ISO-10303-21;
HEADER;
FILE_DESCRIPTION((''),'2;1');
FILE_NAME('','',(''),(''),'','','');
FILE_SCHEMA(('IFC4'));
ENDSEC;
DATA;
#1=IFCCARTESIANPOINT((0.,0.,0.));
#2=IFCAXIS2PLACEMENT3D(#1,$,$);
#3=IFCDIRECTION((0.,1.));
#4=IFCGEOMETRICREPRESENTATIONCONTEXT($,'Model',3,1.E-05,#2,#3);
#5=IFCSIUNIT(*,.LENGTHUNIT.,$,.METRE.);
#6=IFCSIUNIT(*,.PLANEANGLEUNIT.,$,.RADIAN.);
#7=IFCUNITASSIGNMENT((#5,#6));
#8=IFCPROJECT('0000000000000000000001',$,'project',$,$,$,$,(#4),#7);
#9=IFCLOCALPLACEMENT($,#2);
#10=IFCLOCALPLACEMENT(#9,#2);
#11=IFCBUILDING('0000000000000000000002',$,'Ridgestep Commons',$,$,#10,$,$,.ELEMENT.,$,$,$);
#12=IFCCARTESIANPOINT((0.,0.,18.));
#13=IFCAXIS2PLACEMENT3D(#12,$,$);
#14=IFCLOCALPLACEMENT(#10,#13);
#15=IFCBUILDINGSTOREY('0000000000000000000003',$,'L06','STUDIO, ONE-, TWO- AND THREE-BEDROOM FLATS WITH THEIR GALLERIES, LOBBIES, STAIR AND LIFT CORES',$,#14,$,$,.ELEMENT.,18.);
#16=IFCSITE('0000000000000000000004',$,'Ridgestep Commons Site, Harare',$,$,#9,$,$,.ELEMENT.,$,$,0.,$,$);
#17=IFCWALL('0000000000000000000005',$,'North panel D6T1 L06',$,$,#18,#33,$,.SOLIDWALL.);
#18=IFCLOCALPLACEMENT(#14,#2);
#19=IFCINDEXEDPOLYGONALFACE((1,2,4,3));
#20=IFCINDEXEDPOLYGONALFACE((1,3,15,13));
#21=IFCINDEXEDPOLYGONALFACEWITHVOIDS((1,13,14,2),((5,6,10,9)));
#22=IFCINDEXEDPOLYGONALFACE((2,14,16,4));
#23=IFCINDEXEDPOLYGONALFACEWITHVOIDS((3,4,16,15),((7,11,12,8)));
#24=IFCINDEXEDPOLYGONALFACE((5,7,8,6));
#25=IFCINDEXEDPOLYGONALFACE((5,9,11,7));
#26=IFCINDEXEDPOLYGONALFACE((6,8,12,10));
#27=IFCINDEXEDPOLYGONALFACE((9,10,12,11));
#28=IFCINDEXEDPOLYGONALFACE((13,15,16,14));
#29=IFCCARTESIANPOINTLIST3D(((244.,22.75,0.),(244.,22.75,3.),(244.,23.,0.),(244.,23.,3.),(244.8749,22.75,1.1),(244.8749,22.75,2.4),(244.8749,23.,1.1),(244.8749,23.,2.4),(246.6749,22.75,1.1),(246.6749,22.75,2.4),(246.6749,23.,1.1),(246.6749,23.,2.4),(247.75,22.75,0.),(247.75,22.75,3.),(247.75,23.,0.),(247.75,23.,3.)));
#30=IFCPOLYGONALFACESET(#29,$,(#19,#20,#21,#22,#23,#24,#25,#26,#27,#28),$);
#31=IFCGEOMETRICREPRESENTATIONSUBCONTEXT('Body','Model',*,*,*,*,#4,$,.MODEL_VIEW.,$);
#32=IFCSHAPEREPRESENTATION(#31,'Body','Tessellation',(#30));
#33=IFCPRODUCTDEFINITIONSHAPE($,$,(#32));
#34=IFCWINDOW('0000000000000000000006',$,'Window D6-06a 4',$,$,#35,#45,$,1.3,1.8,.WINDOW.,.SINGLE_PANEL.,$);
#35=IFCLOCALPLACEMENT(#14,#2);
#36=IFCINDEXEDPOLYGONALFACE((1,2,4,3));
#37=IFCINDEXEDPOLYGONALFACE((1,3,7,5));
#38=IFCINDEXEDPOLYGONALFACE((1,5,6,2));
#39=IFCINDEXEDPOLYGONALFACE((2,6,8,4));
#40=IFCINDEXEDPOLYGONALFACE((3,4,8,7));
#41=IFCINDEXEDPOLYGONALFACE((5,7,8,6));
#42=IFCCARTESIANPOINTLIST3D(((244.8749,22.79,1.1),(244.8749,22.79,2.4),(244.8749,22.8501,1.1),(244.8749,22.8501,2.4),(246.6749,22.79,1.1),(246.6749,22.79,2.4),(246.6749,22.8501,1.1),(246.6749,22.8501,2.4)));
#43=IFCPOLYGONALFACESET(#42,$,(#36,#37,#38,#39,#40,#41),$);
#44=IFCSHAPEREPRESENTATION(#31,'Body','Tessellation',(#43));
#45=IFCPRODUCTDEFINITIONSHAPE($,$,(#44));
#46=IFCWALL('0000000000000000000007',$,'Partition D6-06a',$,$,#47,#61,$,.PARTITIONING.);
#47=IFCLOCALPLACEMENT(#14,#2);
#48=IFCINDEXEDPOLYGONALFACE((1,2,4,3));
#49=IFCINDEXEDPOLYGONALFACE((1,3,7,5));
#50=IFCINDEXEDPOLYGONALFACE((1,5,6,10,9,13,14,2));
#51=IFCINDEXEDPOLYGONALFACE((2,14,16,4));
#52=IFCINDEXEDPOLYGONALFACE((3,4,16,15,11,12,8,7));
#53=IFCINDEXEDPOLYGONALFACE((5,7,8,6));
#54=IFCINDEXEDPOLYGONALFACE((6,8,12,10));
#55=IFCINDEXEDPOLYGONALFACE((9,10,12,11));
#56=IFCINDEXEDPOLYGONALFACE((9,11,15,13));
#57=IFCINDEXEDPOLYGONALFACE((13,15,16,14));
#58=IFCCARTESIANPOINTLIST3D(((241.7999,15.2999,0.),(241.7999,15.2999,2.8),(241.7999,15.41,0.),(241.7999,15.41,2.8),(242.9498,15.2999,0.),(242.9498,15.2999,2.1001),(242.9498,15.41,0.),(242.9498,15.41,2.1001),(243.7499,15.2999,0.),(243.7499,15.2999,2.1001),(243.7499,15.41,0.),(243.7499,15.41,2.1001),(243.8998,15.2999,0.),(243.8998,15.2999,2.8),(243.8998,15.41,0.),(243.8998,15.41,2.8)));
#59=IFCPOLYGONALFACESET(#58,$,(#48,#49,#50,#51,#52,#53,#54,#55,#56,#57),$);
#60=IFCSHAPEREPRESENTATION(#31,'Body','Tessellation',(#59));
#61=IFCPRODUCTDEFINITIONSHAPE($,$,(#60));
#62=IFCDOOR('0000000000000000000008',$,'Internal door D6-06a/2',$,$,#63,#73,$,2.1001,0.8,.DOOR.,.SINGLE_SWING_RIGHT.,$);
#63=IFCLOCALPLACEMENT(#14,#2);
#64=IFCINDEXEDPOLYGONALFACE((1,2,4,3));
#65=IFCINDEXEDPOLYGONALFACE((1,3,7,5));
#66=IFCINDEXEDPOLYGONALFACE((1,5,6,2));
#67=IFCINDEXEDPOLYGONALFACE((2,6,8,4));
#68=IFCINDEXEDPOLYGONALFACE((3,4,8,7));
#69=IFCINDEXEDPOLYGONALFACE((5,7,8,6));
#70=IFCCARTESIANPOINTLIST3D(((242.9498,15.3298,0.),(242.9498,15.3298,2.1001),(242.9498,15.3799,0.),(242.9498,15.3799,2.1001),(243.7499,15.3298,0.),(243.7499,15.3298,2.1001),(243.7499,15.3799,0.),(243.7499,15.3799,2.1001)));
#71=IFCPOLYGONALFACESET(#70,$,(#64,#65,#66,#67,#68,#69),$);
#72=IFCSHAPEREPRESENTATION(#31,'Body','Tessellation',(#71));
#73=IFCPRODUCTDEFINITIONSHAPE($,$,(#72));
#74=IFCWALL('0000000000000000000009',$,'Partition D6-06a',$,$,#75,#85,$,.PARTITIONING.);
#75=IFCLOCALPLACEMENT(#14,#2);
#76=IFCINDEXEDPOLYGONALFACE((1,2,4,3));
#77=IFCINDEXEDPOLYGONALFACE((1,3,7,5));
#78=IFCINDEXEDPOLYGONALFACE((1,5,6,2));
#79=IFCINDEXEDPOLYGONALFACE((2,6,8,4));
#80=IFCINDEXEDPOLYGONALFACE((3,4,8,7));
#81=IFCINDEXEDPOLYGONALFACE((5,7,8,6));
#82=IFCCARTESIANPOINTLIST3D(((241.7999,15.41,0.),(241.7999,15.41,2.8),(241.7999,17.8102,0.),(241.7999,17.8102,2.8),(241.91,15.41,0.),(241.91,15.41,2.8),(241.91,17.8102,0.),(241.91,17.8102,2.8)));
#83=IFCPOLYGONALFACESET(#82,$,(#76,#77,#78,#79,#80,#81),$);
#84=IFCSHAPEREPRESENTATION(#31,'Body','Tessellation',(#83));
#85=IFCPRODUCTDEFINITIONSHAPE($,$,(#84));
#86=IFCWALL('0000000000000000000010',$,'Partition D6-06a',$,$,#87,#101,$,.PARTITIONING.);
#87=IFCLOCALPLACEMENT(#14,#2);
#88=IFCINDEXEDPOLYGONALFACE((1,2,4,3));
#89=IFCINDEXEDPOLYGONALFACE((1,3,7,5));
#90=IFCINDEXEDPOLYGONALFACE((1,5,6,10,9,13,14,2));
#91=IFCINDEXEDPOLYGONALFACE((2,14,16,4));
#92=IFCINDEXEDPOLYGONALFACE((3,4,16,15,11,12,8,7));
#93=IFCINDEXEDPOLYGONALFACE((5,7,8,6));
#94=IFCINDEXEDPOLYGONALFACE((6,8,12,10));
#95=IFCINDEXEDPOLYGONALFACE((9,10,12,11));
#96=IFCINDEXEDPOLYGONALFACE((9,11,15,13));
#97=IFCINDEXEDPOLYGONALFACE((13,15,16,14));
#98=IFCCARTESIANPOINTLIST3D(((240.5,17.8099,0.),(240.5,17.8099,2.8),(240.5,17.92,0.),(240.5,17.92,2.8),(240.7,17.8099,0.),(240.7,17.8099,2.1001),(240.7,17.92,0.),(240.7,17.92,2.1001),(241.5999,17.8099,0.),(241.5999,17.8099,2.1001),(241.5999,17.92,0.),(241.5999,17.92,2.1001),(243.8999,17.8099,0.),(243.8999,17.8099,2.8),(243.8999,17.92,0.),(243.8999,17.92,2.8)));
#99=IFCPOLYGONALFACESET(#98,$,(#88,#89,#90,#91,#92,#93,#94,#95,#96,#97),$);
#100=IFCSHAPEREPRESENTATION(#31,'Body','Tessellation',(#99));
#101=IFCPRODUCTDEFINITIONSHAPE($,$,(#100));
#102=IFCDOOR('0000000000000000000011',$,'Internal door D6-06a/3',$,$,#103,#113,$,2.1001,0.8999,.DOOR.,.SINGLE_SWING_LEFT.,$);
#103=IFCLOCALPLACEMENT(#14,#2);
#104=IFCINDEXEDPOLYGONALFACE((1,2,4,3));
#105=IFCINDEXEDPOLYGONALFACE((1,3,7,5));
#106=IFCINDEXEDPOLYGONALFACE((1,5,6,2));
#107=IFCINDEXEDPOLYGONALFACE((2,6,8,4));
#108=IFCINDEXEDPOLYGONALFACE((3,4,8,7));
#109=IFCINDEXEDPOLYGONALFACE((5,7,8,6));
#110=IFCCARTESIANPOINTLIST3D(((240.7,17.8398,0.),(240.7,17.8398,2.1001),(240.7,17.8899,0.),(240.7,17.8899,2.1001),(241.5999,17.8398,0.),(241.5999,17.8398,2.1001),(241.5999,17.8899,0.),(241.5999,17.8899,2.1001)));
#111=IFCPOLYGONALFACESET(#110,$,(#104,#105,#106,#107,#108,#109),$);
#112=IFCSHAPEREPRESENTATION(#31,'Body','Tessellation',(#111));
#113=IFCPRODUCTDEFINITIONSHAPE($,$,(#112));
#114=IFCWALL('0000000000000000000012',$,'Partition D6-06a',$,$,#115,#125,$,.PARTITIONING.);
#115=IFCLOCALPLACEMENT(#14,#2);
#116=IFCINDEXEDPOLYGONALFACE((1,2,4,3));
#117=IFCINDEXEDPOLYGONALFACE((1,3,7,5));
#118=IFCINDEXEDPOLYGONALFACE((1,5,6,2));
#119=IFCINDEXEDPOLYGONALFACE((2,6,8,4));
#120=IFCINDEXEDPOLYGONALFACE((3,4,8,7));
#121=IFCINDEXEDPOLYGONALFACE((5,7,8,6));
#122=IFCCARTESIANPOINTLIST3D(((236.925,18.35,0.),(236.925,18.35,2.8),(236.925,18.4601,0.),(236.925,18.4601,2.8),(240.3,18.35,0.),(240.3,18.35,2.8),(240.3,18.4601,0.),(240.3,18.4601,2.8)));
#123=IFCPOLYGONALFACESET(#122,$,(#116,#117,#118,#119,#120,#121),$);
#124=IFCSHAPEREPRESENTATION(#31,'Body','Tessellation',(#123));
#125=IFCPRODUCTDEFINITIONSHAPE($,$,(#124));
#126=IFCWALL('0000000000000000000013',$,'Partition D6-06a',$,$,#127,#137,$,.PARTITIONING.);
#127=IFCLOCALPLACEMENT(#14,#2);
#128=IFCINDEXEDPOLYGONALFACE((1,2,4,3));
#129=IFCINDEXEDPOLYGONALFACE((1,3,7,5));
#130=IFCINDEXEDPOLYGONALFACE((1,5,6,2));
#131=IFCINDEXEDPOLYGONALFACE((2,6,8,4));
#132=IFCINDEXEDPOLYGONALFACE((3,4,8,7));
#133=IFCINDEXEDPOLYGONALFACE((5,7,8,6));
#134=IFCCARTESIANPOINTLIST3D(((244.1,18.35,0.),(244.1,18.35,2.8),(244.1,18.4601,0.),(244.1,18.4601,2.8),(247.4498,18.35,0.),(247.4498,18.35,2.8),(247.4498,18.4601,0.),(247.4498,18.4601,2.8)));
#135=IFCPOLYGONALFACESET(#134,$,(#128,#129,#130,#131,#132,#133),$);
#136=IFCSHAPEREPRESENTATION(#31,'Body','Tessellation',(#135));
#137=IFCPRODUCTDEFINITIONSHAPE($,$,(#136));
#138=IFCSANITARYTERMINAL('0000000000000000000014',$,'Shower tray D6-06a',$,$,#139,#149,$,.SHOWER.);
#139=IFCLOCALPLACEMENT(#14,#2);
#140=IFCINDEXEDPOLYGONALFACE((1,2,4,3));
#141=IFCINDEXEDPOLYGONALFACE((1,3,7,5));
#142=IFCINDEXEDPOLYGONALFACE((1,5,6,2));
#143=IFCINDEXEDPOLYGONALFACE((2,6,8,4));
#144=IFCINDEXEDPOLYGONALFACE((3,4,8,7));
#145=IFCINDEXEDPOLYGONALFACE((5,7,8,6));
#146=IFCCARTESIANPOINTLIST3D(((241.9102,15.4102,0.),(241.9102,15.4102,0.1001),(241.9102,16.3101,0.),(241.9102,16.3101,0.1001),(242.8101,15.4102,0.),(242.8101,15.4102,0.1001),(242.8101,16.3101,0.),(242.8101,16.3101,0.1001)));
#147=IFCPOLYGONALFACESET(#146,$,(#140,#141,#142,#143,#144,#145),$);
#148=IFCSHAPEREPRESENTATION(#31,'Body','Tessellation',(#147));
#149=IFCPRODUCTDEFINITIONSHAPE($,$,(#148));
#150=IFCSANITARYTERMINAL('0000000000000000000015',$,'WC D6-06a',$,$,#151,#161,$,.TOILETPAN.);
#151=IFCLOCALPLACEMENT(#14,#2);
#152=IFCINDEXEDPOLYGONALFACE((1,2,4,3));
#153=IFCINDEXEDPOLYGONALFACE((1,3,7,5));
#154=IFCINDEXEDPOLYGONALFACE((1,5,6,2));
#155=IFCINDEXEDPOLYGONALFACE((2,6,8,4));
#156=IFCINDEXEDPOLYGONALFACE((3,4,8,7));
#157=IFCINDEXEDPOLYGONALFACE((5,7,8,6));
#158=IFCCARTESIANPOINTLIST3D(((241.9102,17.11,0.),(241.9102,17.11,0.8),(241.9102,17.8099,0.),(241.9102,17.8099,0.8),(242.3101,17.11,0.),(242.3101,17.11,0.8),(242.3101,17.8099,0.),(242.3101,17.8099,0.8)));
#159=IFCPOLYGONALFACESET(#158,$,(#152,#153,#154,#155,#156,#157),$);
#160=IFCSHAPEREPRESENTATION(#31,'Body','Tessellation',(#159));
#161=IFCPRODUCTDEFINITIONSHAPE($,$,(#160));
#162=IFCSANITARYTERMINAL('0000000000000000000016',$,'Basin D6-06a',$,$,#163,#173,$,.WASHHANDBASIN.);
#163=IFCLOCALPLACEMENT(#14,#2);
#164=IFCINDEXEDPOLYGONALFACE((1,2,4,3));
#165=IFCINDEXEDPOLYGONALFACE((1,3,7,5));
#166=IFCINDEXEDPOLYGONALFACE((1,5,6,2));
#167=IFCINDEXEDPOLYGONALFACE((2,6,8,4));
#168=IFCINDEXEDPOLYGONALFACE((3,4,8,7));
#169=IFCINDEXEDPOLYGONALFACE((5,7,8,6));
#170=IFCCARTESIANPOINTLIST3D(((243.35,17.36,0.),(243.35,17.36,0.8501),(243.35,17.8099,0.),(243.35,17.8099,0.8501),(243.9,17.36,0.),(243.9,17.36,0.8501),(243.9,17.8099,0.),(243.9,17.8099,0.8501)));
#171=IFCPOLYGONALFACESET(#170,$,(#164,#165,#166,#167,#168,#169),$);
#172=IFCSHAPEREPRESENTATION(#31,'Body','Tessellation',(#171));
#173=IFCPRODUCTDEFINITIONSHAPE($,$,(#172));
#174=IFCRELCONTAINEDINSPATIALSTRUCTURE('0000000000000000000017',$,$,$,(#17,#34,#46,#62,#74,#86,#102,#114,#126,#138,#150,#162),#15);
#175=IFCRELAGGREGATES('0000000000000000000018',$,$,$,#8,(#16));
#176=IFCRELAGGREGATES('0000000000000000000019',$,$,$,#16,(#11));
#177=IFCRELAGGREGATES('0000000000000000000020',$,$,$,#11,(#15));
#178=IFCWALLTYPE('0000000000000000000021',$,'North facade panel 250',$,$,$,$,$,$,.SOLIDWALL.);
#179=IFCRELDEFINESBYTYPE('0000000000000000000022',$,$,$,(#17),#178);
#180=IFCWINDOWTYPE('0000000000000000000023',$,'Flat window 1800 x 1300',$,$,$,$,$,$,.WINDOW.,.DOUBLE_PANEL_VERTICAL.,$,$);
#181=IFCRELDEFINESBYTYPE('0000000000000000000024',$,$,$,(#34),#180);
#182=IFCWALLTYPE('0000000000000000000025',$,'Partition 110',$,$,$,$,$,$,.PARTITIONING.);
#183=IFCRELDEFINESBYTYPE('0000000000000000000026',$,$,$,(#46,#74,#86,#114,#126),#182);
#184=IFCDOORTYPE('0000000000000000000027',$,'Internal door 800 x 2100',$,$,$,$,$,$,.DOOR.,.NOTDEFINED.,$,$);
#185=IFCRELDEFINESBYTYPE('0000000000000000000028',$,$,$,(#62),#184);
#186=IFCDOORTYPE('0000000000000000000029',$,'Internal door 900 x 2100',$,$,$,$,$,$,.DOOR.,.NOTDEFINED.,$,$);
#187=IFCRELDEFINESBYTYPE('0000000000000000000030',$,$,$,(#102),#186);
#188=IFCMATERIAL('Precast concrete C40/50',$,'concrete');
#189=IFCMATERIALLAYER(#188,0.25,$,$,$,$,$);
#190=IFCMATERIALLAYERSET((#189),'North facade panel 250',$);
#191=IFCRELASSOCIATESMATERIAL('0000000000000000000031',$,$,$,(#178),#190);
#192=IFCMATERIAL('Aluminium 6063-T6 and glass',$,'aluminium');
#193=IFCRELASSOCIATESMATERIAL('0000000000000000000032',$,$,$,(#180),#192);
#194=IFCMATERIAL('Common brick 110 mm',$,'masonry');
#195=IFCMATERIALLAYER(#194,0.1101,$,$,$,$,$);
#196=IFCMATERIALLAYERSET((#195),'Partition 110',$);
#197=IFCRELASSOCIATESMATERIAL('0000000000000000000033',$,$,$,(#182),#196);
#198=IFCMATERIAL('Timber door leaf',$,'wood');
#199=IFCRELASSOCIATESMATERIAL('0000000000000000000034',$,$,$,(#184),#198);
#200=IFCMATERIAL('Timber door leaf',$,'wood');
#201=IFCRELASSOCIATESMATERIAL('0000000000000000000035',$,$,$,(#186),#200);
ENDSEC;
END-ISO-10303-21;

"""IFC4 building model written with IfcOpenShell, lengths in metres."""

from ifc_helpers import new_model, si_unit, direction, frame, frame_2d, origin, origin_2d, place, context, subcontext, project, spatial, rectangle, extrude, material, layer, layer_set, type_object, element, fill, save


model = new_model("IFC4")

# Units and contexts
model_context = context("Model", 3, precision=1e-05, world=origin(), true_north=direction((0.0, 1.0)))
body_context = subcontext(model_context, "Body", "Model", "MODEL_VIEW")
ifc_project = project(units=[si_unit("LENGTHUNIT", "METRE"), si_unit("PLANEANGLEUNIT", "RADIAN")], contexts=[model_context])

# Site, building, storey
site_placement = place(None, origin())
site = spatial("IfcSite", under=ifc_project, at=site_placement, Name="Ridgestep Commons Site, Harare", CompositionType="ELEMENT", RefElevation=0.0)
building_placement = place(site_placement, origin())
building = spatial("IfcBuilding", under=site, at=building_placement, Name="Ridgestep Commons", CompositionType="ELEMENT")
storey_placement = place(building_placement, frame((0.0, 0.0, 18.0)))
storey = spatial("IfcBuildingStorey", under=building, at=storey_placement, Name="L06", Description="STUDIO, ONE-, TWO- AND THREE-BEDROOM FLATS WITH THEIR GALLERIES, LOBBIES, STAIR AND LIFT CORES", CompositionType="ELEMENT", Elevation=18.0)

# Shared definitions
ifc_material_1 = material(Name="Precast concrete C40/50", Category="concrete")
ifc_layer_1 = layer(ifc_material_1, 0.25)
ifc_layer_set_1 = layer_set([ifc_layer_1], Name="North facade panel 250")
wall_type_1 = type_object("IfcWallType", Name="North facade panel 250", PredefinedType="SOLIDWALL", material=ifc_layer_set_1)

# Wall, opening, window
ifc_material_2 = material(Name="Aluminium 6063-T6 and glass", Category="aluminium")
window_type_1 = type_object("IfcWindowType", Name="Flat window 1800 x 1300", PartitioningType="DOUBLE_PANEL_VERTICAL", PredefinedType="WINDOW", material=ifc_material_2)
wall_1_placement = place(storey_placement, frame((244.0, 22.875, 0.0), z_axis=(0.0, 0.0, 1.0), x_axis=(1.0, 0.0, 0.0)))
wall_1 = element("IfcWall", 1, at=wall_1_placement, inside=storey, type_object=wall_type_1, Name="North panel D6T1 L06", PredefinedType="SOLIDWALL", context=body_context, shape_type="SweptSolid", body=[
    extrude(rectangle(XDim=3.75, YDim=0.25, at=frame_2d((1.875, 0.0))), origin(), (0.0, 0.0, 1.0), 3.0),
])
opening_1_placement = place(wall_1_placement, frame((0.875, 0.0, 1.1001)))
opening_1 = element("IfcOpeningElement", 2, at=opening_1_placement, cuts=wall_1, PredefinedType="OPENING", context=body_context, shape_type="SweptSolid", body=[
    extrude(rectangle(XDim=1.8, YDim=1.3, at=frame_2d((0.8999, 0.6499))), frame((0.0, 0.135, 0.0), z_axis=(0.0, -1.0, 0.0), x_axis=(1.0, 0.0, 0.0)), (0.0, 0.0, 1.0), 0.27),
])
window_1_placement = place(opening_1_placement, origin())
window_1 = element("IfcWindow", 3, at=window_1_placement, inside=storey, type_object=window_type_1, Name="Window D6-06a 4", OverallHeight=1.3, OverallWidth=1.8, PartitioningType="SINGLE_PANEL", PredefinedType="WINDOW", context=body_context, shape_type="SweptSolid", body=[
    extrude(rectangle(XDim=1.8, YDim=1.3, at=frame_2d((0.8999, 0.6499))), frame((0.0, -0.0249, 0.0), z_axis=(0.0, -1.0, 0.0), x_axis=(1.0, 0.0, 0.0)), (0.0, 0.0, 1.0), 0.0601),
])
fill(opening_1, window_1)

# Wall, opening, door
ifc_material_3 = material(Name="Common brick 110 mm", Category="masonry")
ifc_layer_2 = layer(ifc_material_3, 0.1101)
ifc_layer_set_2 = layer_set([ifc_layer_2], Name="Partition 110")
wall_type_2 = type_object("IfcWallType", Name="Partition 110", PredefinedType="PARTITIONING", material=ifc_layer_set_2)
wall_2_placement = place(storey_placement, frame((241.8, 15.355, 0.0), z_axis=(0.0, 0.0, 1.0), x_axis=(1.0, 0.0, 0.0)))
wall_2 = element("IfcWall", 4, at=wall_2_placement, inside=storey, type_object=wall_type_2, Name="Partition D6-06a", PredefinedType="PARTITIONING", context=body_context, shape_type="SweptSolid", body=[
    extrude(rectangle(XDim=2.0999, YDim=0.1101, at=frame_2d((1.0498, 0.0))), origin(), (0.0, 0.0, 1.0), 2.8),
])
opening_2_placement = place(wall_2_placement, frame((1.1499, 0.0, 0.0)))
opening_2 = element("IfcOpeningElement", 5, at=opening_2_placement, cuts=wall_2, PredefinedType="OPENING", context=body_context, shape_type="SweptSolid", body=[
    extrude(rectangle(XDim=0.8, YDim=2.1001, at=frame_2d((0.3999, 1.05))), frame((0.0, 0.0649, 0.0), z_axis=(0.0, -1.0, 0.0), x_axis=(1.0, 0.0, 0.0)), (0.0, 0.0, 1.0), 0.1301),
])
ifc_material_4 = material(Name="Timber door leaf", Category="wood")
door_type_1 = type_object("IfcDoorType", Name="Internal door 800 x 2100", OperationType="NOTDEFINED", PredefinedType="DOOR", material=ifc_material_4)
door_1_placement = place(opening_2_placement, origin())
door_1 = element("IfcDoor", 6, at=door_1_placement, inside=storey, type_object=door_type_1, Name="Internal door D6-06a/2", OperationType="SINGLE_SWING_RIGHT", OverallHeight=2.1001, OverallWidth=0.8, PredefinedType="DOOR", context=body_context, shape_type="SweptSolid", body=[
    extrude(rectangle(XDim=0.8, YDim=2.1001, at=frame_2d((0.3999, 1.05))), frame((0.0, 0.0249, 0.0), z_axis=(0.0, -1.0, 0.0), x_axis=(1.0, 0.0, 0.0)), (0.0, 0.0, 1.0), 0.05),
])
fill(opening_2, door_1)

# Wall
wall_3_placement = place(storey_placement, frame((241.855, 15.4099, 0.0), z_axis=(0.0, 0.0, 1.0), x_axis=(0.0, 1.0, 0.0)))
element("IfcWall", 7, at=wall_3_placement, inside=storey, type_object=wall_type_2, Name="Partition D6-06a", PredefinedType="PARTITIONING", context=body_context, shape_type="SweptSolid", body=[
    extrude(rectangle(XDim=2.4001, YDim=0.1101, at=frame_2d((1.2002, 0.0))), origin(), (0.0, 0.0, 1.0), 2.8),
])

# Wall, opening, door
wall_4_placement = place(storey_placement, frame((240.5, 17.865, 0.0), z_axis=(0.0, 0.0, 1.0), x_axis=(1.0, 0.0, 0.0)))
wall_4 = element("IfcWall", 8, at=wall_4_placement, inside=storey, type_object=wall_type_2, Name="Partition D6-06a", PredefinedType="PARTITIONING", context=body_context, shape_type="SweptSolid", body=[
    extrude(rectangle(XDim=3.3999, YDim=0.1101, at=frame_2d((1.7, 0.0))), origin(), (0.0, 0.0, 1.0), 2.8),
])
opening_3_placement = place(wall_4_placement, frame((0.2, 0.0, 0.0)))
opening_3 = element("IfcOpeningElement", 9, at=opening_3_placement, cuts=wall_4, PredefinedType="OPENING", context=body_context, shape_type="SweptSolid", body=[
    extrude(rectangle(XDim=0.8999, YDim=2.1001, at=frame_2d((0.45, 1.05))), frame((0.0, 0.0649, 0.0), z_axis=(0.0, -1.0, 0.0), x_axis=(1.0, 0.0, 0.0)), (0.0, 0.0, 1.0), 0.1301),
])
ifc_material_5 = material(Name="Timber door leaf", Category="wood")
door_type_2 = type_object("IfcDoorType", Name="Internal door 900 x 2100", OperationType="NOTDEFINED", PredefinedType="DOOR", material=ifc_material_5)
door_2_placement = place(opening_3_placement, origin())
door_2 = element("IfcDoor", 10, at=door_2_placement, inside=storey, type_object=door_type_2, Name="Internal door D6-06a/3", OperationType="SINGLE_SWING_LEFT", OverallHeight=2.1001, OverallWidth=0.8999, PredefinedType="DOOR", context=body_context, shape_type="SweptSolid", body=[
    extrude(rectangle(XDim=0.8999, YDim=2.1001, at=frame_2d((0.45, 1.05))), frame((0.0, 0.0249, 0.0), z_axis=(0.0, -1.0, 0.0), x_axis=(1.0, 0.0, 0.0)), (0.0, 0.0, 1.0), 0.05),
])
fill(opening_3, door_2)

# Walls
wall_5_placement = place(storey_placement, frame((236.925, 18.405, 0.0), z_axis=(0.0, 0.0, 1.0), x_axis=(1.0, 0.0, 0.0)))
element("IfcWall", 11, at=wall_5_placement, inside=storey, type_object=wall_type_2, Name="Partition D6-06a", PredefinedType="PARTITIONING", context=body_context, shape_type="SweptSolid", body=[
    extrude(rectangle(XDim=3.375, YDim=0.1101, at=frame_2d((1.6875, 0.0))), origin(), (0.0, 0.0, 1.0), 2.8),
])
wall_6_placement = place(storey_placement, frame((244.1001, 18.405, 0.0), z_axis=(0.0, 0.0, 1.0), x_axis=(1.0, 0.0, 0.0)))
element("IfcWall", 12, at=wall_6_placement, inside=storey, type_object=wall_type_2, Name="Partition D6-06a", PredefinedType="PARTITIONING", context=body_context, shape_type="SweptSolid", body=[
    extrude(rectangle(XDim=3.3499, YDim=0.1101, at=frame_2d((1.6748, 0.0))), origin(), (0.0, 0.0, 1.0), 2.8),
])

# Sanitary terminals
sanitary_terminal_1_placement = place(storey_placement, frame((242.3601, 15.8601, 0.0), z_axis=(0.0, 0.0, 1.0), x_axis=(1.0, 0.0, 0.0)))
element("IfcSanitaryTerminal", 13, at=sanitary_terminal_1_placement, inside=storey, Name="Shower tray D6-06a", PredefinedType="SHOWER", context=body_context, shape_type="SweptSolid", body=[
    extrude(rectangle(XDim=0.8999, YDim=0.8999, at=origin_2d()), origin(), (0.0, 0.0, 1.0), 0.1001),
])
sanitary_terminal_2_placement = place(storey_placement, frame((242.1101, 17.46, 0.0), z_axis=(0.0, 0.0, 1.0), x_axis=(1.0, 0.0, 0.0)))
element("IfcSanitaryTerminal", 14, at=sanitary_terminal_2_placement, inside=storey, Name="WC D6-06a", PredefinedType="TOILETPAN", context=body_context, shape_type="SweptSolid", body=[
    extrude(rectangle(XDim=0.3999, YDim=0.7, at=origin_2d()), origin(), (0.0, 0.0, 1.0), 0.8),
])
sanitary_terminal_3_placement = place(storey_placement, frame((243.625, 17.585, 0.0), z_axis=(0.0, 0.0, 1.0), x_axis=(1.0, 0.0, 0.0)))
element("IfcSanitaryTerminal", 15, at=sanitary_terminal_3_placement, inside=storey, Name="Basin D6-06a", PredefinedType="WASHHANDBASIN", context=body_context, shape_type="SweptSolid", body=[
    extrude(rectangle(XDim=0.55, YDim=0.45, at=origin_2d()), origin(), (0.0, 0.0, 1.0), 0.8501),
])

save(model, "model.ifc")
